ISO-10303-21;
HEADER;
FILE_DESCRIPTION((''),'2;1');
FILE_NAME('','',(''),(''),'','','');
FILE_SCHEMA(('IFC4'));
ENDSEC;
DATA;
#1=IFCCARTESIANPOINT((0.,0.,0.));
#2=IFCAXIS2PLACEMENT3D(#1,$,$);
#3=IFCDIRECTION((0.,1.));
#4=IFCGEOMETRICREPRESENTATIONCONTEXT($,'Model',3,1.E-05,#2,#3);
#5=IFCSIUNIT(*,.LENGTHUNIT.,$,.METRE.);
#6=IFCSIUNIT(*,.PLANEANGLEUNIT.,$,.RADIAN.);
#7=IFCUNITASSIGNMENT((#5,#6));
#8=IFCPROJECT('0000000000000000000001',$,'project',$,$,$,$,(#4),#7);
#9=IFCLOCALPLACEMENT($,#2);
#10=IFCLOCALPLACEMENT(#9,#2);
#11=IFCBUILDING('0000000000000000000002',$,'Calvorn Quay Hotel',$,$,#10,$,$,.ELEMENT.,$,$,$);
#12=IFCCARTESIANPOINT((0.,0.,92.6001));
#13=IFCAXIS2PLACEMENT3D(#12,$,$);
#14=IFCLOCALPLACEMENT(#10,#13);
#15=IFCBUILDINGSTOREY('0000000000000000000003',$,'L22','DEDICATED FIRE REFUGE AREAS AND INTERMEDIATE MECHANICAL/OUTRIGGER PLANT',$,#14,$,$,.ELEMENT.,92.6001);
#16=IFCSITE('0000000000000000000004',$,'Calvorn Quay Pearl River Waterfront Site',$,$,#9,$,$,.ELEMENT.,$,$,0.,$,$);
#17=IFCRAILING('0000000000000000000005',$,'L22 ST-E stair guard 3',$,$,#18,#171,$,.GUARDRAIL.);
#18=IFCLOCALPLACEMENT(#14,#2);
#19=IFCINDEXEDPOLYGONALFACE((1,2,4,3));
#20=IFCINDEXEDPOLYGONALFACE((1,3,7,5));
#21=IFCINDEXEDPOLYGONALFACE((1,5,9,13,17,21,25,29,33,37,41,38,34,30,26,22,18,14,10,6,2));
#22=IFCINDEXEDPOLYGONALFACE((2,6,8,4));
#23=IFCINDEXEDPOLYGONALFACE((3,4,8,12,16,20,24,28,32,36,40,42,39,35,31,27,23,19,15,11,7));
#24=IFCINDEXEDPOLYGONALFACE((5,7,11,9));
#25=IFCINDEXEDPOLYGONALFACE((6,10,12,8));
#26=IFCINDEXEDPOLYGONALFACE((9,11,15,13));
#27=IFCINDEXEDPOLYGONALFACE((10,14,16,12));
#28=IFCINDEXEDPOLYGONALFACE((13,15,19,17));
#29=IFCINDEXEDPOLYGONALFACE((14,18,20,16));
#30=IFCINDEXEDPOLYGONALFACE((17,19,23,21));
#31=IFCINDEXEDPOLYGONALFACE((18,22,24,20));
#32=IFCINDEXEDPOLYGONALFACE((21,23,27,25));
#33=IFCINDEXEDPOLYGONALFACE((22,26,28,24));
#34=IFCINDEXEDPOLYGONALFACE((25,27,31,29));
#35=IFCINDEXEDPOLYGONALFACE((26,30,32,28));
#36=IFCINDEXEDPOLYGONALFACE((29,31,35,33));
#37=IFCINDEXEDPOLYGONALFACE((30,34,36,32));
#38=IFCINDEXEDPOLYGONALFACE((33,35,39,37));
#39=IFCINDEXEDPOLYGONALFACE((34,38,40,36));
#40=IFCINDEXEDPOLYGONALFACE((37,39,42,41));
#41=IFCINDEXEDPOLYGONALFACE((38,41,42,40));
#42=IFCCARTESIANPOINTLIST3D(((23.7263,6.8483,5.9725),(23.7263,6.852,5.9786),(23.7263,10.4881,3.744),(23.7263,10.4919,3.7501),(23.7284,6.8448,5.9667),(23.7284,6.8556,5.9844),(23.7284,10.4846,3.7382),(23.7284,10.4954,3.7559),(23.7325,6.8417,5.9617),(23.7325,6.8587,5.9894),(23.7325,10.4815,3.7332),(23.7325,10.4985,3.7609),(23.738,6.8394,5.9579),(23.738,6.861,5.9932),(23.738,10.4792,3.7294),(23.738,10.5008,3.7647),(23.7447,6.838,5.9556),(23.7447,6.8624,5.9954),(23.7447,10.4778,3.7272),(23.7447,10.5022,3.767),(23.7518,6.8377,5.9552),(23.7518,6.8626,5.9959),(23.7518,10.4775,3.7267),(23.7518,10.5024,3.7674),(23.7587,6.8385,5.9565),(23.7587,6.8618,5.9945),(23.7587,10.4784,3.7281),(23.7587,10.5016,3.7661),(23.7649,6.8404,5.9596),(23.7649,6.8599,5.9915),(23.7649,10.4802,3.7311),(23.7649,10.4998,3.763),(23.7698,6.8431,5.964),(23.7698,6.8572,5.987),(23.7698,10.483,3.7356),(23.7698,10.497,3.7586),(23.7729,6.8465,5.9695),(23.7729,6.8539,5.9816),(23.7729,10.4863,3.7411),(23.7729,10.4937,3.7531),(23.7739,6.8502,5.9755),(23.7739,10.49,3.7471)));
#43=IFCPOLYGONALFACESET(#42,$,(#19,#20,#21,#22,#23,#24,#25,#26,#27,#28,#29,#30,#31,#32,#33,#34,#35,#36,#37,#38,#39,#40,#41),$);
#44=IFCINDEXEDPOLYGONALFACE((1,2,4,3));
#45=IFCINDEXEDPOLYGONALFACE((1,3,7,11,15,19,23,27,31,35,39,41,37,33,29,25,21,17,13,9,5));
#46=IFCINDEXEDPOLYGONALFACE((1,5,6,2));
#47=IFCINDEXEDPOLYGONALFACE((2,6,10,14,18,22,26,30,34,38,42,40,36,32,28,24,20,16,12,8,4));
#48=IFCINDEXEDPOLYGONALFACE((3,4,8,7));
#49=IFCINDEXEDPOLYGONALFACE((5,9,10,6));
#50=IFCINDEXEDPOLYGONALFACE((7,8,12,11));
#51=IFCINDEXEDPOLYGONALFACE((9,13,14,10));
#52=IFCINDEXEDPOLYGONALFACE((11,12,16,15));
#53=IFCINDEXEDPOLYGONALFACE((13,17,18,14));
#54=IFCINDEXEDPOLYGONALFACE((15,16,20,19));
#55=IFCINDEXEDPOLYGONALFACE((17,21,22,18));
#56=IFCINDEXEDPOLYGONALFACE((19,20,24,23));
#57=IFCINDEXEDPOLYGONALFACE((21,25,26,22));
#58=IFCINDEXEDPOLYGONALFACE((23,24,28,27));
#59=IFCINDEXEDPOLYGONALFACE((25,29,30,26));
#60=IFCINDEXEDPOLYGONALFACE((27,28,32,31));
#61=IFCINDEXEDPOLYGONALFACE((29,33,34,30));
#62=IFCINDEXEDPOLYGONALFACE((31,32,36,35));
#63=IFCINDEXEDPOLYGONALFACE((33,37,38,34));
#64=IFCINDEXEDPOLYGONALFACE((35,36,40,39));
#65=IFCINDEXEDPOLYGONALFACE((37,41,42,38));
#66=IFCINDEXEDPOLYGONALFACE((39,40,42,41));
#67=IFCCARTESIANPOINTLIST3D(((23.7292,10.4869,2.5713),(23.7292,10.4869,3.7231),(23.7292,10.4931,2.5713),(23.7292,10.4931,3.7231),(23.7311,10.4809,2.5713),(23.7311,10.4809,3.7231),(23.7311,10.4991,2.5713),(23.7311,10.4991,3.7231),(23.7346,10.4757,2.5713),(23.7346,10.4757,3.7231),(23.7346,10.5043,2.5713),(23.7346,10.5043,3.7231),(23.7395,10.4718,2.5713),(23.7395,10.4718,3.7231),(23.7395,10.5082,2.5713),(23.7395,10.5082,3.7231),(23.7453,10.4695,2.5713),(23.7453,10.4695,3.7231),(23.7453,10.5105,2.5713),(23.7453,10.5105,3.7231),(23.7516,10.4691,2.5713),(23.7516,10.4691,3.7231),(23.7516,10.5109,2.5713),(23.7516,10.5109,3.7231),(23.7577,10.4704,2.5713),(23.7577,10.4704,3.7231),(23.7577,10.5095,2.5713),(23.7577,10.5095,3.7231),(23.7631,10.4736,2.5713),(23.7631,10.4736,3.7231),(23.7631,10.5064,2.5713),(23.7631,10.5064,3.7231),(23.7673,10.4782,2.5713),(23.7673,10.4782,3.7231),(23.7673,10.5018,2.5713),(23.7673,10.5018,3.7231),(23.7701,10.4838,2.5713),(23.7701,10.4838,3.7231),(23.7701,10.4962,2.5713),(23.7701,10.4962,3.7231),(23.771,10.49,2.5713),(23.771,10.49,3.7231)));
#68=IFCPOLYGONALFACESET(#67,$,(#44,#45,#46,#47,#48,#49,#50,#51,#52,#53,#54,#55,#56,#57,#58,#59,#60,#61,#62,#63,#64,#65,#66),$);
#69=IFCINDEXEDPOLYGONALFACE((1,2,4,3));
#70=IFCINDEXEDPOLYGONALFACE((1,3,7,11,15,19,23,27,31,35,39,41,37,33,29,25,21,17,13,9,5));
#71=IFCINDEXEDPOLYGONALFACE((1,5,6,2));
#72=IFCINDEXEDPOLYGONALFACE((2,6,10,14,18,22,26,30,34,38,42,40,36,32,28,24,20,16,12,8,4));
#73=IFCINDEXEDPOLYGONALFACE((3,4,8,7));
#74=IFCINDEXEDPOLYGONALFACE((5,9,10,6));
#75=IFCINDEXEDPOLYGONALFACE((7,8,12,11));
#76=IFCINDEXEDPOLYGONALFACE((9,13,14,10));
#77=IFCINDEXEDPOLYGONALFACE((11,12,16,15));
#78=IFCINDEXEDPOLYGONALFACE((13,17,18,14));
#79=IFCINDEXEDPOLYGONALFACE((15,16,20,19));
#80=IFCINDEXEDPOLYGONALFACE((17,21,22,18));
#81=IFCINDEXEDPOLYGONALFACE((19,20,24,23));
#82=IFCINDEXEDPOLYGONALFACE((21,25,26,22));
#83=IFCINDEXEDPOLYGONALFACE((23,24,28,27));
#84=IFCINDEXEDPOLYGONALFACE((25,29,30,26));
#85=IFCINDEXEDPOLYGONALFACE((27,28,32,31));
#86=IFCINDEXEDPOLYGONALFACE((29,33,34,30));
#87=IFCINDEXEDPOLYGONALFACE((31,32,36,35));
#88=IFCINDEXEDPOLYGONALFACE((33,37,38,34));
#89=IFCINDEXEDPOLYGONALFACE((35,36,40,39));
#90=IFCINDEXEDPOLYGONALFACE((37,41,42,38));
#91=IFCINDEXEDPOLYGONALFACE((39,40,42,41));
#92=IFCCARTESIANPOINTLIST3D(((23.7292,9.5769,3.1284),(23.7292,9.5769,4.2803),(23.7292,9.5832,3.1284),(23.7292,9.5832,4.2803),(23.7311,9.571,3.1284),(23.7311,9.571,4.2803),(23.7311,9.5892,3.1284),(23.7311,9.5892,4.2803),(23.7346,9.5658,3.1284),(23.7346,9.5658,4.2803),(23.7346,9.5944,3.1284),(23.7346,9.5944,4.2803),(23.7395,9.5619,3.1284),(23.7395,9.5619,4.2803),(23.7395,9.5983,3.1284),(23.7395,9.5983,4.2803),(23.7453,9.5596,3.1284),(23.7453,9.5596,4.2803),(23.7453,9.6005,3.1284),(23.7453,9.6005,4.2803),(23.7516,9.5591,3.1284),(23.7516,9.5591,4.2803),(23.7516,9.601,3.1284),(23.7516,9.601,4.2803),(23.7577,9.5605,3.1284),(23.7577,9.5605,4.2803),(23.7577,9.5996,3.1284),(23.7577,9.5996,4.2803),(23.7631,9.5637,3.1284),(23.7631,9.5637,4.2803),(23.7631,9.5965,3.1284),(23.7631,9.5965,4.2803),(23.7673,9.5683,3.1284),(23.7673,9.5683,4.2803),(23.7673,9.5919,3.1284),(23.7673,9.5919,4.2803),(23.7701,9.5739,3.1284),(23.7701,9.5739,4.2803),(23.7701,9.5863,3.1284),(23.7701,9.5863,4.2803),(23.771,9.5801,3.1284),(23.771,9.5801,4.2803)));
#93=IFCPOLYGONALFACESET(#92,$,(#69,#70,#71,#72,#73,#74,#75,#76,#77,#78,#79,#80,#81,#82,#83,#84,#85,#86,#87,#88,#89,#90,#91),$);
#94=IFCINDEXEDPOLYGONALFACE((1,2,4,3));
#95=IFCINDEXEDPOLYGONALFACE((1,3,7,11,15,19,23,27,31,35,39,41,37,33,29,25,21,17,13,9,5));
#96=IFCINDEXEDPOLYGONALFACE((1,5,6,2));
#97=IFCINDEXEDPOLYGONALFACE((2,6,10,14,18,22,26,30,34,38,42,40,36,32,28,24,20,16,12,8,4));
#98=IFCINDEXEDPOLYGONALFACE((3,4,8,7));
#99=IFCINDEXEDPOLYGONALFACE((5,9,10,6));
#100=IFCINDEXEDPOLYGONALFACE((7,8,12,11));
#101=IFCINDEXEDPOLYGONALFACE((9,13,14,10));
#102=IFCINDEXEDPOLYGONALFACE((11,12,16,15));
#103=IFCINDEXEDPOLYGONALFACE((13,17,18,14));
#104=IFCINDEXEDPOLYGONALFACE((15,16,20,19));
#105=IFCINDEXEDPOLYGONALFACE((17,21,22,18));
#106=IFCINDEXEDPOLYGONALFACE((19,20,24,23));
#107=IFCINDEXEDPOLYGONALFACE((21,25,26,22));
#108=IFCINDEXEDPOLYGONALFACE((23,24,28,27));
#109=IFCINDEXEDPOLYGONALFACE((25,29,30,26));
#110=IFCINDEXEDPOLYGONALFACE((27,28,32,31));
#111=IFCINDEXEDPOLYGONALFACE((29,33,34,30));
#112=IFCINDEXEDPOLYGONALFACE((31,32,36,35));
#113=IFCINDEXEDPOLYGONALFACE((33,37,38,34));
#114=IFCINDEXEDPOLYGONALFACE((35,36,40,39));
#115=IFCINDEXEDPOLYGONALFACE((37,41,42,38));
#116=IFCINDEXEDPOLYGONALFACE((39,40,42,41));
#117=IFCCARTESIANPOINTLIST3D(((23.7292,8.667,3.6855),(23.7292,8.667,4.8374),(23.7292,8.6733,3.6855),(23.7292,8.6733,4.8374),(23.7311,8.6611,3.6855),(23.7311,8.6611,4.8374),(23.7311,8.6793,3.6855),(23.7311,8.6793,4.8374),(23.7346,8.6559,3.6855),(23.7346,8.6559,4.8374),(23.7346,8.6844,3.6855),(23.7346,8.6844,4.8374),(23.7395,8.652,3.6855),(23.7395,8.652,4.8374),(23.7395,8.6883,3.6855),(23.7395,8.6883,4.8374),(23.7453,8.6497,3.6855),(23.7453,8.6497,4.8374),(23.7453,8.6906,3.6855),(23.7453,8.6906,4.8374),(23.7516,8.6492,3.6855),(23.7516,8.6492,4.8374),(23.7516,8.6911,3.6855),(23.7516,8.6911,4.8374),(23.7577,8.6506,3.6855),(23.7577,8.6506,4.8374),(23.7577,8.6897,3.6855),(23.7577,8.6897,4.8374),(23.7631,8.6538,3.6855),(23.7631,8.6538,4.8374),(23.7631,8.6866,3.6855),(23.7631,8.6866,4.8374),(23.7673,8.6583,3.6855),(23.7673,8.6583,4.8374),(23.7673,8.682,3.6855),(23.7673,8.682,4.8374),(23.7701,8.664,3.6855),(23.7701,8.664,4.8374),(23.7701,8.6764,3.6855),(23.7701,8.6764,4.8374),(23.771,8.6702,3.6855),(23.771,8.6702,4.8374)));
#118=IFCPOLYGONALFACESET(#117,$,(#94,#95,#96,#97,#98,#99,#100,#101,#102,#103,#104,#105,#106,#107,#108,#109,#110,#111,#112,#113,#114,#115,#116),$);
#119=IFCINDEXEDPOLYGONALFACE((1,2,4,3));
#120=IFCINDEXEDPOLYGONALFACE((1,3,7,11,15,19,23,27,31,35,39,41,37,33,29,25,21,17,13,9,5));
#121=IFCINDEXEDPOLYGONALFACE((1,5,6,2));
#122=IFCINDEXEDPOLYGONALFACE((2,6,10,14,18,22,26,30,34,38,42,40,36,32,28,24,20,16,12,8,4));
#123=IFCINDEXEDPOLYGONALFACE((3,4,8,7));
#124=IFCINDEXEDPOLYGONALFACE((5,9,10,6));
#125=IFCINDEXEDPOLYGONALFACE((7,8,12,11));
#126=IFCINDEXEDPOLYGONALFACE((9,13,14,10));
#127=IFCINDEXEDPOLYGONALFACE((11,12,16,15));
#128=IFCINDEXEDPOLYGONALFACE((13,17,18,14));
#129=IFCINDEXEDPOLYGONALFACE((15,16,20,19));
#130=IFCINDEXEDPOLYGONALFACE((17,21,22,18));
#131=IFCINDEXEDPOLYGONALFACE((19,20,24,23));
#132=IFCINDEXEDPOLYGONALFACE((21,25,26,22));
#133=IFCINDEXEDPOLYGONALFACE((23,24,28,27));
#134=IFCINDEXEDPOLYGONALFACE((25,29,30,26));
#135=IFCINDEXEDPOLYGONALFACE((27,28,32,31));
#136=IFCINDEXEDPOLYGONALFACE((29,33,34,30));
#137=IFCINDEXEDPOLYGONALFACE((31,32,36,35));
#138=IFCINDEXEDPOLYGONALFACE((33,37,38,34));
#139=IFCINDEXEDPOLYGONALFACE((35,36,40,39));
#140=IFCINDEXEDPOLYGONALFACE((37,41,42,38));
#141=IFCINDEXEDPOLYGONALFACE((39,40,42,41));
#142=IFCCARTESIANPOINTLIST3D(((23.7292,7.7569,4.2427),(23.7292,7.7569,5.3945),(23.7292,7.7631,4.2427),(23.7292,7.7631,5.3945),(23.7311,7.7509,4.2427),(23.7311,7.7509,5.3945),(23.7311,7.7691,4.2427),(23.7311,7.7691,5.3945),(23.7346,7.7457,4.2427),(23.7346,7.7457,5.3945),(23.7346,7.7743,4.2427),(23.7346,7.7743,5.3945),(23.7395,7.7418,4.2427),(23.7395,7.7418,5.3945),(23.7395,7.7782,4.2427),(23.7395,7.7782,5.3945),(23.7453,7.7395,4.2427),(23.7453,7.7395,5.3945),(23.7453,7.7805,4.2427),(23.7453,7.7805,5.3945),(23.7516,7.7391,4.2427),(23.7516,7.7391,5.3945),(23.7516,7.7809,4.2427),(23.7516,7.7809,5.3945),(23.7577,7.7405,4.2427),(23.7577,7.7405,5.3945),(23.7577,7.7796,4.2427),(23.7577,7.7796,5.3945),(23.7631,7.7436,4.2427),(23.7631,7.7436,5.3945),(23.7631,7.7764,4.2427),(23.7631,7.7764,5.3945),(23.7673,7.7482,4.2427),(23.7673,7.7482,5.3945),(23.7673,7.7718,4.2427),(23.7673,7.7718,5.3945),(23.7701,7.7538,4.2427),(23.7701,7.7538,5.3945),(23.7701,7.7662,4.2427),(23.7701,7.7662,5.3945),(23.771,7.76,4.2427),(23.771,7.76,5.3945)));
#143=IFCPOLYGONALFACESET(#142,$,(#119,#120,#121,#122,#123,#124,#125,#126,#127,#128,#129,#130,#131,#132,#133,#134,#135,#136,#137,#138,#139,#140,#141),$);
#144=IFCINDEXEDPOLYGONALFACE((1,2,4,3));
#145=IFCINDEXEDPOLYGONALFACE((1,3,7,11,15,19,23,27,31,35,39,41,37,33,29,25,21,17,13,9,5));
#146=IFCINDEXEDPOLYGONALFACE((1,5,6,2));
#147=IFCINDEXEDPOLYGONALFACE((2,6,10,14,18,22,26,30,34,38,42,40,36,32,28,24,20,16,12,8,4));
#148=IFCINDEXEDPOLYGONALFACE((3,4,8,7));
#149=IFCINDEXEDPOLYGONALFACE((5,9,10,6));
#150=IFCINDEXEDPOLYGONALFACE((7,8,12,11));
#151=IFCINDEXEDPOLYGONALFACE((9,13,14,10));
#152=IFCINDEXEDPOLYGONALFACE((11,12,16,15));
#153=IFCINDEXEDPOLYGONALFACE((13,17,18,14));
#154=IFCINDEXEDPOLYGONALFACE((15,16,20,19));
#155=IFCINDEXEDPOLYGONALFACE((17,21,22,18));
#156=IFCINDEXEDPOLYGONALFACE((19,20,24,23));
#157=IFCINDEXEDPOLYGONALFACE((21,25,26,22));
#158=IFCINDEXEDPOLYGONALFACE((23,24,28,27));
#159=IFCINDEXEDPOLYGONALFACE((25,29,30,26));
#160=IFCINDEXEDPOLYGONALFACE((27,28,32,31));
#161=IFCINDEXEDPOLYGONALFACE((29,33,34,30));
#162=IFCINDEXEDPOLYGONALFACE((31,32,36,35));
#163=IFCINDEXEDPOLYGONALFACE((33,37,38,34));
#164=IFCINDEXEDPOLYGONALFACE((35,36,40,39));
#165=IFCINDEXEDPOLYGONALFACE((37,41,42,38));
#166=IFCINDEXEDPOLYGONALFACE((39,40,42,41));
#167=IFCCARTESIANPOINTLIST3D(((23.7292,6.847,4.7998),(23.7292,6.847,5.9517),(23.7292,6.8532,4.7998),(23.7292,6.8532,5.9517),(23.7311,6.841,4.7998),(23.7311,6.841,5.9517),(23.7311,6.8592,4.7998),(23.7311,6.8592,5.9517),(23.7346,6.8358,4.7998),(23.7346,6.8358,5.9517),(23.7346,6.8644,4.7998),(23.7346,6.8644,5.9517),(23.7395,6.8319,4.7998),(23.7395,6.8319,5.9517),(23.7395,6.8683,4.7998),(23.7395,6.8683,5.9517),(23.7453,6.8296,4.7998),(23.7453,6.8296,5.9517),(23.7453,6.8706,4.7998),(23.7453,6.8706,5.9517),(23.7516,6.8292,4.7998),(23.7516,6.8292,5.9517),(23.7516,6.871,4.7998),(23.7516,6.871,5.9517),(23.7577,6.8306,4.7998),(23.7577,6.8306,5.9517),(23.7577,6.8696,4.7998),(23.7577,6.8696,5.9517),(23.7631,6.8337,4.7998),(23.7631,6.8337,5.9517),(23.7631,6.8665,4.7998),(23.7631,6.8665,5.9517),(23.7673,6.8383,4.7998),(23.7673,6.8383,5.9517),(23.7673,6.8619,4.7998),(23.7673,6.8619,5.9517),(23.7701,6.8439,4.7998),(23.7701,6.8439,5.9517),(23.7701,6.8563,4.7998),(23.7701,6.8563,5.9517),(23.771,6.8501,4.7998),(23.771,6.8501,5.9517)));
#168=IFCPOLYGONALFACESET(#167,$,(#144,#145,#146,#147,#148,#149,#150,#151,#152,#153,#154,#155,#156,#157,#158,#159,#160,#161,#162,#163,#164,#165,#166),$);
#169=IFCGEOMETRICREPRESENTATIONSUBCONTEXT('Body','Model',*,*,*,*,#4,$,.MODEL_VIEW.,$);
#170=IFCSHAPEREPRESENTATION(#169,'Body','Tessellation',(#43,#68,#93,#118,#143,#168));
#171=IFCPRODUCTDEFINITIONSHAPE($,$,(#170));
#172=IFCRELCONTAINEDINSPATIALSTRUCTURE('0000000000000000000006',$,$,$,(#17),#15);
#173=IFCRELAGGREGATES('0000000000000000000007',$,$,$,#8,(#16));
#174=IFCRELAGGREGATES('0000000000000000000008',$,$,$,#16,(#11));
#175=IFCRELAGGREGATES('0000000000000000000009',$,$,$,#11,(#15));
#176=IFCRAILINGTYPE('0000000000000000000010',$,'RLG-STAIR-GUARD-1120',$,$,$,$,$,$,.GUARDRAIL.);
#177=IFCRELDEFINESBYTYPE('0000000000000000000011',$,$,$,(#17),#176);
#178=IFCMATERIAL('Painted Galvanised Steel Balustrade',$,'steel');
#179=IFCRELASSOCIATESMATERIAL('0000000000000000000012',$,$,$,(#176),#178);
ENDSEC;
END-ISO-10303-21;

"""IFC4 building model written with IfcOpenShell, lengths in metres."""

from ifc_helpers import new_model, si_unit, direction, frame, origin, origin_2d, place, context, subcontext, project, spatial, circle, extrude, material, type_object, element, save


model = new_model("IFC4")

# Units and contexts
model_context = context("Model", 3, precision=1e-05, world=origin(), true_north=direction((0.0, 1.0)))
body_context = subcontext(model_context, "Body", "Model", "MODEL_VIEW")
ifc_project = project(units=[si_unit("LENGTHUNIT", "METRE"), si_unit("PLANEANGLEUNIT", "RADIAN")], contexts=[model_context])

# Site, building, storey
site_placement = place(None, origin())
site = spatial("IfcSite", under=ifc_project, at=site_placement, Name="Calvorn Quay Pearl River Waterfront Site", CompositionType="ELEMENT", RefElevation=0.0)
building_placement = place(site_placement, origin())
building = spatial("IfcBuilding", under=site, at=building_placement, Name="Calvorn Quay Hotel", CompositionType="ELEMENT")
storey_placement = place(building_placement, frame((0.0, 0.0, 92.6001)))
storey = spatial("IfcBuildingStorey", under=building, at=storey_placement, Name="L22", Description="DEDICATED FIRE REFUGE AREAS AND INTERMEDIATE MECHANICAL/OUTRIGGER PLANT", CompositionType="ELEMENT", Elevation=92.6001)

# Railing
ifc_material_1 = material(Name="Painted Galvanised Steel Balustrade", Category="steel")
railing_type_1 = type_object("IfcRailingType", Name="RLG-STAIR-GUARD-1120", PredefinedType="GUARDRAIL", material=ifc_material_1)
railing_1_placement = place(storey_placement, frame((23.75, 10.49, 2.5713)))
element("IfcRailing", 1, at=railing_1_placement, inside=storey, type_object=railing_type_1, Name="L22 ST-E stair guard 3", PredefinedType="GUARDRAIL", context=body_context, shape_type="SweptSolid", body=[
    extrude(circle(Radius=0.0239, at=origin_2d()), frame((0.0, 0.0, 1.1758), z_axis=(0.0, -0.85285, 0.522156), x_axis=(1.0, 0.0, 0.0)), (0.0, 0.0, 1.0), 4.2678),
    extrude(circle(Radius=0.021, at=origin_2d()), origin(), (0.0, 0.0, 1.0), 1.1519),
    extrude(circle(Radius=0.021, at=origin_2d()), frame((0.0, -0.9099, 0.5571)), (0.0, 0.0, 1.0), 1.1519),
    extrude(circle(Radius=0.021, at=origin_2d()), frame((0.0, -1.8198, 1.1143)), (0.0, 0.0, 1.0), 1.1519),
    extrude(circle(Radius=0.021, at=origin_2d()), frame((0.0, -2.73, 1.6714)), (0.0, 0.0, 1.0), 1.1519),
    extrude(circle(Radius=0.021, at=origin_2d()), frame((0.0, -3.6399, 2.2285)), (0.0, 0.0, 1.0), 1.1519),
])

save(model, "model.ifc")
